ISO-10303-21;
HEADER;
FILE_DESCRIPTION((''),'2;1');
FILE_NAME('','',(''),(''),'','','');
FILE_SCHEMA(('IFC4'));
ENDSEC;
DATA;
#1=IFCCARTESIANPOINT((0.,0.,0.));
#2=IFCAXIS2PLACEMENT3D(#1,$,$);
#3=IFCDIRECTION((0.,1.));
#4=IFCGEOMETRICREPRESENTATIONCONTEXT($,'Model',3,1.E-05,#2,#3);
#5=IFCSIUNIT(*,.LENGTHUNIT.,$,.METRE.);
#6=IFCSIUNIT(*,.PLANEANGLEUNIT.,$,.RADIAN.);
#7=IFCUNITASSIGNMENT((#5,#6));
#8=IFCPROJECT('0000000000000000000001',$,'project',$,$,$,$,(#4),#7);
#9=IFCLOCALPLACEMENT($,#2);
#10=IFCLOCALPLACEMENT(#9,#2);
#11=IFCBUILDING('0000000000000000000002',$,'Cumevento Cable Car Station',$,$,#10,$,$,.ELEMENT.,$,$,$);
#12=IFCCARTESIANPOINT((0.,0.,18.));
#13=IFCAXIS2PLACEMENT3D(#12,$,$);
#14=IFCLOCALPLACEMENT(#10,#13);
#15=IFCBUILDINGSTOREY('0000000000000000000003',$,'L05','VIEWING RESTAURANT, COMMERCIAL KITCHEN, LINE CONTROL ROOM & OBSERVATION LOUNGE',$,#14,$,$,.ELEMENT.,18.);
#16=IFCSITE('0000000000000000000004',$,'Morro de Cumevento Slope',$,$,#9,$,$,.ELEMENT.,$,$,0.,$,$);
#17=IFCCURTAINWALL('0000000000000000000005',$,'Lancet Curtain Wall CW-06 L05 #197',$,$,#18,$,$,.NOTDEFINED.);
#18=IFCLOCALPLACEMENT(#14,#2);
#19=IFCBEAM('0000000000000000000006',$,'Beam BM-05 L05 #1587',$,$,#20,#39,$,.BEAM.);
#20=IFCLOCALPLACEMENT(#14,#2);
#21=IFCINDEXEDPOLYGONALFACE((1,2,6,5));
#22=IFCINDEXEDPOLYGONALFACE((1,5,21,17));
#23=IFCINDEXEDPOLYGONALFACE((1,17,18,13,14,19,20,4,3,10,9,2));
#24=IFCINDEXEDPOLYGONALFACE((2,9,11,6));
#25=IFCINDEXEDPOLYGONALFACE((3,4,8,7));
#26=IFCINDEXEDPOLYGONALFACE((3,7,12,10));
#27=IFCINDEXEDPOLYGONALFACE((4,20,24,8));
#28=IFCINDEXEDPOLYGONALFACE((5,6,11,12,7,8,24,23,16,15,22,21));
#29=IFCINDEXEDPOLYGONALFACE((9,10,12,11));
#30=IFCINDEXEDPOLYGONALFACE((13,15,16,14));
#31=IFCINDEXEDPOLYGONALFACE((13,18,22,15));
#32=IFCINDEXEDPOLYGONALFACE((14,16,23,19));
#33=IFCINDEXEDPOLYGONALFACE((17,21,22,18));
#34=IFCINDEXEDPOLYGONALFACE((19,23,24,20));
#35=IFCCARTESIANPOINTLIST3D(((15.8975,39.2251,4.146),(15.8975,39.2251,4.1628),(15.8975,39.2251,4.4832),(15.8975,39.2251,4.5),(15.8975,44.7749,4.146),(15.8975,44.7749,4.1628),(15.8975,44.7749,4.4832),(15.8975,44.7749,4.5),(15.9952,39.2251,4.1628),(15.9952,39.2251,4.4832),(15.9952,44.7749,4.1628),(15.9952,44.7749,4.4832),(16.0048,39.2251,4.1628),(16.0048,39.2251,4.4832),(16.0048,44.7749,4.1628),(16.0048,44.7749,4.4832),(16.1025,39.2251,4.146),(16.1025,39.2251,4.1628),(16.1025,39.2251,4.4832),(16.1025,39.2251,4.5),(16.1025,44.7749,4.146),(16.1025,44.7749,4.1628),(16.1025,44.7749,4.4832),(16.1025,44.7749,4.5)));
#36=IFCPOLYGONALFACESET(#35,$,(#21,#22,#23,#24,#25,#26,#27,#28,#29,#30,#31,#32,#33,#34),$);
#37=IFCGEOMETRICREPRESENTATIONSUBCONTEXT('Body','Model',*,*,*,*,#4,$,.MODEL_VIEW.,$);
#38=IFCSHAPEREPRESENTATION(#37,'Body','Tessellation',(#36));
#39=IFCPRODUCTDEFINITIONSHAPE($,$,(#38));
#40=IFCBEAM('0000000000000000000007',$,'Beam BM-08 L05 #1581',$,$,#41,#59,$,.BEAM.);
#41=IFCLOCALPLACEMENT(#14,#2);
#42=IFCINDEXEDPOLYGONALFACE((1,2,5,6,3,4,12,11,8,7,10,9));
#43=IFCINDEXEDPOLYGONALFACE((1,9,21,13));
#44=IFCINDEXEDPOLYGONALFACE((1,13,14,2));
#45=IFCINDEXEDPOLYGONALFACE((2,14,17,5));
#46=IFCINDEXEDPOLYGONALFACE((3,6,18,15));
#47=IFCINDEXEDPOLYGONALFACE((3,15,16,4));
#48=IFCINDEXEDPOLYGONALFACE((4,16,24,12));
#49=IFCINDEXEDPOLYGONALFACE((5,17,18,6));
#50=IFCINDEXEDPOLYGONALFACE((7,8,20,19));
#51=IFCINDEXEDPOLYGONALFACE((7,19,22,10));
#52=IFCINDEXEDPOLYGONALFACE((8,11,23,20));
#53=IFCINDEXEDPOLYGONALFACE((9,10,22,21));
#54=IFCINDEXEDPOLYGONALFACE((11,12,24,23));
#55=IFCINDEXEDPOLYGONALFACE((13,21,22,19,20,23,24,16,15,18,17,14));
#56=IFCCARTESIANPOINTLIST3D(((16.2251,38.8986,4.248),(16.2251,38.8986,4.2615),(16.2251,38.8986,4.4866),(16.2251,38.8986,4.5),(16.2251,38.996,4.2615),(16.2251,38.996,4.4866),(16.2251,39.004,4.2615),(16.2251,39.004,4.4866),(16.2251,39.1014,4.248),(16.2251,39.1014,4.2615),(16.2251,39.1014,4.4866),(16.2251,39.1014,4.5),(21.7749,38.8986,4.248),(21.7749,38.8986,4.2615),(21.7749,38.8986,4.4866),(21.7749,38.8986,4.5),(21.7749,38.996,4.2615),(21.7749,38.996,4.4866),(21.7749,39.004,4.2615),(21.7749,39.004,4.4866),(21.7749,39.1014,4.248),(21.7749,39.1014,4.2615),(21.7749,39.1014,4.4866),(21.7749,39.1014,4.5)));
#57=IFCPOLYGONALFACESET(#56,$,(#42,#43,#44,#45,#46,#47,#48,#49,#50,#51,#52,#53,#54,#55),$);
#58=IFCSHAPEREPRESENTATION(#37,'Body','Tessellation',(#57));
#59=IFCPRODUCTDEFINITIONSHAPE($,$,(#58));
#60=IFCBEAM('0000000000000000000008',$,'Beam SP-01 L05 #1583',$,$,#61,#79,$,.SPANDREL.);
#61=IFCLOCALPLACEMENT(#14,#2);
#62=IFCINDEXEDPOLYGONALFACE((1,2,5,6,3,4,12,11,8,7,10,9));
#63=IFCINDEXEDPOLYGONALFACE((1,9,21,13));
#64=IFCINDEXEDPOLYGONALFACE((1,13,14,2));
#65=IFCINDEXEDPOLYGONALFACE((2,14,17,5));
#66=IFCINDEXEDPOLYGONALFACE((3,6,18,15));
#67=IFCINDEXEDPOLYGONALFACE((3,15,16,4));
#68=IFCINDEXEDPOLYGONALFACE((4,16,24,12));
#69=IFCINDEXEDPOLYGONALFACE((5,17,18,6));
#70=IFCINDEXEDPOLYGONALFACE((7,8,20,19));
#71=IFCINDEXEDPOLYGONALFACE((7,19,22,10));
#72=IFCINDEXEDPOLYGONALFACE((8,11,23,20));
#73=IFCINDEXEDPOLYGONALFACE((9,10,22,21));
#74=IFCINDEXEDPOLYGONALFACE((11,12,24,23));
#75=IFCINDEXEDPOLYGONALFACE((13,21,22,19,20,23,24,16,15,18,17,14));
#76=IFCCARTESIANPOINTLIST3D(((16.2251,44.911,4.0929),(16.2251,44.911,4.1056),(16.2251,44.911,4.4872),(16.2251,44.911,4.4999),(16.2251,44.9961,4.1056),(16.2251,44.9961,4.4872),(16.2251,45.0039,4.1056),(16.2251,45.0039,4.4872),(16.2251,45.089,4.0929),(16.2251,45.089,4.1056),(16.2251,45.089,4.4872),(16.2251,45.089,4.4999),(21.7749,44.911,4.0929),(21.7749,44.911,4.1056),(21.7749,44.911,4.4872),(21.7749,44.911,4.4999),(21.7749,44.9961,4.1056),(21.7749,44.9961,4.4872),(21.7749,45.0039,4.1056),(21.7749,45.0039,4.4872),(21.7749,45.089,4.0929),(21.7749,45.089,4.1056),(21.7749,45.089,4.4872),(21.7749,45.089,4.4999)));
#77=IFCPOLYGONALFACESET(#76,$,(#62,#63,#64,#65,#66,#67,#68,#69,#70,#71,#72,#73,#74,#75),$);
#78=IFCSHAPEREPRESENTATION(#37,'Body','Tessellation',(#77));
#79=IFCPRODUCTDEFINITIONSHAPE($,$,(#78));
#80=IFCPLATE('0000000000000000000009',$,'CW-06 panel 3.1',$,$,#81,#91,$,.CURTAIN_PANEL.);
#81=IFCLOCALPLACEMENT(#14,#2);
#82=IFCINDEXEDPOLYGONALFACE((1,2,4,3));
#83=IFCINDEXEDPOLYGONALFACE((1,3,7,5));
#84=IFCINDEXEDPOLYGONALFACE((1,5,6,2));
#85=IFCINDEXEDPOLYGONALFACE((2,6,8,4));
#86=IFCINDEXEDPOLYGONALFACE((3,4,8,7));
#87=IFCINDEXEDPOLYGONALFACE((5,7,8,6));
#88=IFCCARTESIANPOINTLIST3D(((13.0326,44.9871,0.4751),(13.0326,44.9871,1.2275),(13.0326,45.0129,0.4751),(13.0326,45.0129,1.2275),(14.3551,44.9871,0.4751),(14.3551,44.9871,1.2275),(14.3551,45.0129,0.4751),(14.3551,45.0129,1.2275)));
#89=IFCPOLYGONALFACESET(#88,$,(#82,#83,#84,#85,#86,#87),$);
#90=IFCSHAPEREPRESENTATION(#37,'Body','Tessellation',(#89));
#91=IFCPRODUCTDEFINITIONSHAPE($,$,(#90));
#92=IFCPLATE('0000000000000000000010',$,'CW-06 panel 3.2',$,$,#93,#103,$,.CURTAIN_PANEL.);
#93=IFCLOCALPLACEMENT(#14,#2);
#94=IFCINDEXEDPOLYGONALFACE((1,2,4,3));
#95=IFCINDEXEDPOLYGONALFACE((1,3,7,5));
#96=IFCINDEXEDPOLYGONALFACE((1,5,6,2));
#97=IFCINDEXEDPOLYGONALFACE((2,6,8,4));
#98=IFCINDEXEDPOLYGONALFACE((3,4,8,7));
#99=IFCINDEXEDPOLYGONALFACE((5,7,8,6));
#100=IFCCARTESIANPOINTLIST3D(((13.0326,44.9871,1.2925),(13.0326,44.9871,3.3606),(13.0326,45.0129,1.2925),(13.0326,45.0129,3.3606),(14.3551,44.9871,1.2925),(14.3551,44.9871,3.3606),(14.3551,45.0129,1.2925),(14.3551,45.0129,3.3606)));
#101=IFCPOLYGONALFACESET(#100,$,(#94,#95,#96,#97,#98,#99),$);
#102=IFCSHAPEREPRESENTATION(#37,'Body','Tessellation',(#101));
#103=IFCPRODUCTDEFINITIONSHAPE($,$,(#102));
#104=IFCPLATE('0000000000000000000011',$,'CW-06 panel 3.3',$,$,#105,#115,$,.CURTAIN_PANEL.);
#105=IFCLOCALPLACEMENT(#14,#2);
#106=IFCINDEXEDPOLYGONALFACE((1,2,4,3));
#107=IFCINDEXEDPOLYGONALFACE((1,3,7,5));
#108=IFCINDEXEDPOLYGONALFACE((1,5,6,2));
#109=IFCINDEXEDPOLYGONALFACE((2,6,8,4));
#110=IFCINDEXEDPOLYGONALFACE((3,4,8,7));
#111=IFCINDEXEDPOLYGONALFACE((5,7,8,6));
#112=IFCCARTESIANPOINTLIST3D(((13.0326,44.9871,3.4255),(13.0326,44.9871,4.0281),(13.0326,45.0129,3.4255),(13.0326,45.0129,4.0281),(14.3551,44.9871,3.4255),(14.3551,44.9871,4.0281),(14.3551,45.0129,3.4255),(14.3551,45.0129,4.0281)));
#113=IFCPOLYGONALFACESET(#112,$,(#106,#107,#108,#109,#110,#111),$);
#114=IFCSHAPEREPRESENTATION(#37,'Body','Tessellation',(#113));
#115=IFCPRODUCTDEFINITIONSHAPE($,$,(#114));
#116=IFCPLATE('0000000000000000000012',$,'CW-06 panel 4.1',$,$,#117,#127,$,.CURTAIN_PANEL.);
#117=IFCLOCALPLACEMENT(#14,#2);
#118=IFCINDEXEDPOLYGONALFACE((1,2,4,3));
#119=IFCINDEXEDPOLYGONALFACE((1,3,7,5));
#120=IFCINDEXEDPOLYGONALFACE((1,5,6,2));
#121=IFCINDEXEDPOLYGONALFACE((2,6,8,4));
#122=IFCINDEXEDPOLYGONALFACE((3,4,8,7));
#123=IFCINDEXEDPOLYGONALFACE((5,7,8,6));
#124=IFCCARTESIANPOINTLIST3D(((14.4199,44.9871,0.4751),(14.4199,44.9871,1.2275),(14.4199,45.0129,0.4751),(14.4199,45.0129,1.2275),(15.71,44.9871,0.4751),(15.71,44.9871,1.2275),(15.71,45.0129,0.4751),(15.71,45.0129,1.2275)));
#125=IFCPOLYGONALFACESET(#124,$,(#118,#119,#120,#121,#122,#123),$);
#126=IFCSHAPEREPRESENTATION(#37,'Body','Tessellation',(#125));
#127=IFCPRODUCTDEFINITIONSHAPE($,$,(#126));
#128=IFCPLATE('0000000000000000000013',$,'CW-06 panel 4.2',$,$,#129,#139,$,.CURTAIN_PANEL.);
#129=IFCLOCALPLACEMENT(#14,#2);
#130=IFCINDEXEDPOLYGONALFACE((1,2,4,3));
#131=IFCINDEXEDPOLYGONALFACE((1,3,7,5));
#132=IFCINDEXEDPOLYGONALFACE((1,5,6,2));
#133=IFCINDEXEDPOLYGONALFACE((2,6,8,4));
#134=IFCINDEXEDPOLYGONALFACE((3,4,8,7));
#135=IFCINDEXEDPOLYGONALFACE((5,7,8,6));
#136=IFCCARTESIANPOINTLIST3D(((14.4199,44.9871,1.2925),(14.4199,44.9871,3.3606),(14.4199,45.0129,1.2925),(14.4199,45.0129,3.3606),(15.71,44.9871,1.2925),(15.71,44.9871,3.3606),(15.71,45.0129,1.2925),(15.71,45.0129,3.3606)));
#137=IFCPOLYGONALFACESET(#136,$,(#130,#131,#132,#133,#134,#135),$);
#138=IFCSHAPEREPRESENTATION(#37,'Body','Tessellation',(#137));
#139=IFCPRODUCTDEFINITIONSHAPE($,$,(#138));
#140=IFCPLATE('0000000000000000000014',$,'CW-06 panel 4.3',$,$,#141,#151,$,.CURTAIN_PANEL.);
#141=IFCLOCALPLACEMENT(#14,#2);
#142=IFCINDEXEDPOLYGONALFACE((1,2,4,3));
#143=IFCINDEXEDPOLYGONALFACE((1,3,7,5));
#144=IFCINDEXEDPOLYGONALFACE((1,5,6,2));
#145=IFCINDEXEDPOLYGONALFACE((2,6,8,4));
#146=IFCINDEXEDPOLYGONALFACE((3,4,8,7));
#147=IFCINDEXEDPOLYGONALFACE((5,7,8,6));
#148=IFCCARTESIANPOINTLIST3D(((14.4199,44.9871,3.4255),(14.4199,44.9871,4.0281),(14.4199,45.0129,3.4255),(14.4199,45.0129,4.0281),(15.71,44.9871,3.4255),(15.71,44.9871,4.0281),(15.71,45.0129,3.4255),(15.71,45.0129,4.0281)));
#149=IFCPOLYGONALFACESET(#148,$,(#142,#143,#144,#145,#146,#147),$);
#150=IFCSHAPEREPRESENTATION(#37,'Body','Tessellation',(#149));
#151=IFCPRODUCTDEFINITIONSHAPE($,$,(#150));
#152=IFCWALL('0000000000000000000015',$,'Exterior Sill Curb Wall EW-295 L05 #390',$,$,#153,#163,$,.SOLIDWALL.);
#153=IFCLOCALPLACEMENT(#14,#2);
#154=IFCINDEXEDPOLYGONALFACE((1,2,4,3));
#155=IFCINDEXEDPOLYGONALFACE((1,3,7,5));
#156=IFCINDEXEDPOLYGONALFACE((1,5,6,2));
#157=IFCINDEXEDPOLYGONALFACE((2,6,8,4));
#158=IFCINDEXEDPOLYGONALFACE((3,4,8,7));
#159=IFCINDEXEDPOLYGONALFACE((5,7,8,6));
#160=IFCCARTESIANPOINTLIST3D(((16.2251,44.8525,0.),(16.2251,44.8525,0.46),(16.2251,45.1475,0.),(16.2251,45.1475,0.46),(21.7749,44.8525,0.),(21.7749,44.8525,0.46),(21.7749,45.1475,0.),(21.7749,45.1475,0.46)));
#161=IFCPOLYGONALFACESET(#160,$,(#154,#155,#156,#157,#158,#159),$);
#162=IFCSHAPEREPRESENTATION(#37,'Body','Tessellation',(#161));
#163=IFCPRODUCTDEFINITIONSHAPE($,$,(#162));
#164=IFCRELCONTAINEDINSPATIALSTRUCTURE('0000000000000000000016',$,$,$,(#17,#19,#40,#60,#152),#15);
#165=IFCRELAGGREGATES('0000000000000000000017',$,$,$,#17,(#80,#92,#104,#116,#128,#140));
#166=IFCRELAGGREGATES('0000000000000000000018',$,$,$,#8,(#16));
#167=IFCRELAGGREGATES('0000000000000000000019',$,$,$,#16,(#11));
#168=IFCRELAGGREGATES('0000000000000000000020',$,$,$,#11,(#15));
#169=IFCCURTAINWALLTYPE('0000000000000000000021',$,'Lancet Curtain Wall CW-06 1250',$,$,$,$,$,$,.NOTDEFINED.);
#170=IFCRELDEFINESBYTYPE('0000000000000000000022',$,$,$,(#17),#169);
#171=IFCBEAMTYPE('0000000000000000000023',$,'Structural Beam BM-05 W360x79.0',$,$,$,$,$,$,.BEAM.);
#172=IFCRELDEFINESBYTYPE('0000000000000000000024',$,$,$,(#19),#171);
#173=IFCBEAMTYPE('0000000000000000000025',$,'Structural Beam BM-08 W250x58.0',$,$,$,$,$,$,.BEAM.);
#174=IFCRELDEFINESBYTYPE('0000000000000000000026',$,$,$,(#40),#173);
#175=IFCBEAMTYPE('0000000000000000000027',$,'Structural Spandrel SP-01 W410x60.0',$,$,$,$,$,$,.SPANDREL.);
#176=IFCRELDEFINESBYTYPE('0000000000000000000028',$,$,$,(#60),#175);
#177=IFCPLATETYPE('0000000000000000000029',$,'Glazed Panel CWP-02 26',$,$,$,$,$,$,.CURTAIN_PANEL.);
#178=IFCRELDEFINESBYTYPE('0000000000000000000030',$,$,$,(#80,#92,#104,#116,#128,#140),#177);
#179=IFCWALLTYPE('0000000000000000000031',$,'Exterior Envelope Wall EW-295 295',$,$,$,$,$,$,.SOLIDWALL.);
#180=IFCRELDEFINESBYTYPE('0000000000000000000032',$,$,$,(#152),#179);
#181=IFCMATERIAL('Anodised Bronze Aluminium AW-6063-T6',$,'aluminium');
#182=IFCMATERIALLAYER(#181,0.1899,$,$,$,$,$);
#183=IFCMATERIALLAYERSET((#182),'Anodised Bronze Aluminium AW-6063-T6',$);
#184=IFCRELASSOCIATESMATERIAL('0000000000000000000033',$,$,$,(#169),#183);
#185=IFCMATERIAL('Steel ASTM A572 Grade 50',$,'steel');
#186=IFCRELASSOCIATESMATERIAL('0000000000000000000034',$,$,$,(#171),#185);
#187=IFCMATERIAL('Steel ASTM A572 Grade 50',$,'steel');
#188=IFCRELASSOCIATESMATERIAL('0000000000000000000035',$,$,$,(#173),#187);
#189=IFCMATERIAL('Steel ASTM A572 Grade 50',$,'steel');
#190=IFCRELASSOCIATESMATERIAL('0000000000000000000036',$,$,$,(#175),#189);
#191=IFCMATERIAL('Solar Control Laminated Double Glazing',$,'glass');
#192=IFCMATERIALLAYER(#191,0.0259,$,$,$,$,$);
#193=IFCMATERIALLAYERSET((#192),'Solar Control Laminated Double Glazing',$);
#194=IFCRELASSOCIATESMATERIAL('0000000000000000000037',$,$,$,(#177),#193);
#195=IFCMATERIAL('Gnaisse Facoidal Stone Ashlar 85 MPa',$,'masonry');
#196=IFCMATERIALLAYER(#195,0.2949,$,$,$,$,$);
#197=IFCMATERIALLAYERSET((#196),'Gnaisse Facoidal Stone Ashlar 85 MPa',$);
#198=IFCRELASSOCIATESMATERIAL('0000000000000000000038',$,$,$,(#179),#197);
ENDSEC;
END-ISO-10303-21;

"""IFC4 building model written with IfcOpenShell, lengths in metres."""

from ifc_helpers import new_model, si_unit, direction, frame, frame_2d, origin, origin_2d, place, context, subcontext, project, spatial, rectangle, i_section, extrude, material, layer, layer_set, material_profile, profile_set, type_object, element, aggregate, save


model = new_model("IFC4")

# Units and contexts
model_context = context("Model", 3, precision=1e-05, world=origin(), true_north=direction((0.0, 1.0)))
body_context = subcontext(model_context, "Body", "Model", "MODEL_VIEW")
ifc_project = project(units=[si_unit("LENGTHUNIT", "METRE"), si_unit("PLANEANGLEUNIT", "RADIAN")], contexts=[model_context])

# Site, building, storey
site_placement = place(None, origin())
site = spatial("IfcSite", under=ifc_project, at=site_placement, Name="Morro de Cumevento Slope", CompositionType="ELEMENT", RefElevation=0.0)
building_placement = place(site_placement, origin())
building = spatial("IfcBuilding", under=site, at=building_placement, Name="Cumevento Cable Car Station", CompositionType="ELEMENT")
storey_placement = place(building_placement, frame((0.0, 0.0, 18.0)))
storey = spatial("IfcBuildingStorey", under=building, at=storey_placement, Name="L05", Description="VIEWING RESTAURANT, COMMERCIAL KITCHEN, LINE CONTROL ROOM & OBSERVATION LOUNGE", CompositionType="ELEMENT", Elevation=18.0)

# Curtain wall
ifc_material_1 = material(Name="Anodised Bronze Aluminium AW-6063-T6", Category="aluminium")
ifc_layer_1 = layer(ifc_material_1, 0.1899)
ifc_layer_set_1 = layer_set([ifc_layer_1], Name="Anodised Bronze Aluminium AW-6063-T6")
curtain_wall_type_1 = type_object("IfcCurtainWallType", Name="Lancet Curtain Wall CW-06 1250", PredefinedType="NOTDEFINED", material=ifc_layer_set_1)
curtain_wall_1_placement = place(storey_placement, origin())
curtain_wall_1 = element("IfcCurtainWall", 1, at=curtain_wall_1_placement, inside=storey, type_object=curtain_wall_type_1, Name="Lancet Curtain Wall CW-06 L05 #197", PredefinedType="NOTDEFINED")

# Beams
ifc_material_2 = material(Name="Steel ASTM A572 Grade 50", Category="steel")
ifc_material_profile_1 = material_profile(ifc_material_2, i_section(OverallWidth=0.2051, OverallDepth=0.354, WebThickness=0.0095, FlangeThickness=0.0168, at=origin_2d()), Name="W360x79.0")
ifc_profile_set_1 = profile_set([ifc_material_profile_1], Name="Steel ASTM A572 Grade 50")
beam_type_1 = type_object("IfcBeamType", Name="Structural Beam BM-05 W360x79.0", PredefinedType="BEAM", material=ifc_profile_set_1)
beam_1_placement = place(storey_placement, frame((16.0, 39.2251, 4.323), z_axis=(0.0, 1.0, 0.0), x_axis=(-1.0, 0.0, 0.0)))
element("IfcBeam", 2, at=beam_1_placement, inside=storey, type_object=beam_type_1, Name="Beam BM-05 L05 #1587", PredefinedType="BEAM", context=body_context, shape_type="SweptSolid", body=[
    extrude(i_section(OverallWidth=0.2051, OverallDepth=0.354, WebThickness=0.0095, FlangeThickness=0.0168, at=origin_2d()), origin(), (0.0, 0.0, 1.0), 5.5498),
])
ifc_material_3 = material(Name="Steel ASTM A572 Grade 50", Category="steel")
ifc_material_profile_2 = material_profile(ifc_material_3, i_section(OverallWidth=0.2029, OverallDepth=0.252, WebThickness=0.0081, FlangeThickness=0.0134, at=origin_2d()), Name="W250x58.0")
ifc_profile_set_2 = profile_set([ifc_material_profile_2], Name="Steel ASTM A572 Grade 50")
beam_type_2 = type_object("IfcBeamType", Name="Structural Beam BM-08 W250x58.0", PredefinedType="BEAM", material=ifc_profile_set_2)
beam_2_placement = place(storey_placement, frame((16.2251, 39.0, 4.374), z_axis=(1.0, 0.0, 0.0), x_axis=(0.0, 1.0, 0.0)))
element("IfcBeam", 3, at=beam_2_placement, inside=storey, type_object=beam_type_2, Name="Beam BM-08 L05 #1581", PredefinedType="BEAM", context=body_context, shape_type="SweptSolid", body=[
    extrude(i_section(OverallWidth=0.2029, OverallDepth=0.252, WebThickness=0.0081, FlangeThickness=0.0134, at=origin_2d()), origin(), (0.0, 0.0, 1.0), 5.5498),
])
ifc_material_4 = material(Name="Steel ASTM A572 Grade 50", Category="steel")
ifc_material_profile_3 = material_profile(ifc_material_4, i_section(OverallWidth=0.178, OverallDepth=0.407, WebThickness=0.0078, FlangeThickness=0.0127, at=origin_2d()), Name="W410x60.0")
ifc_profile_set_3 = profile_set([ifc_material_profile_3], Name="Steel ASTM A572 Grade 50")
beam_type_3 = type_object("IfcBeamType", Name="Structural Spandrel SP-01 W410x60.0", PredefinedType="SPANDREL", material=ifc_profile_set_3)
beam_3_placement = place(storey_placement, frame((16.2251, 45.0, 4.2964), z_axis=(1.0, 0.0, 0.0), x_axis=(0.0, 1.0, 0.0)))
element("IfcBeam", 4, at=beam_3_placement, inside=storey, type_object=beam_type_3, Name="Beam SP-01 L05 #1583", PredefinedType="SPANDREL", context=body_context, shape_type="SweptSolid", body=[
    extrude(i_section(OverallWidth=0.178, OverallDepth=0.407, WebThickness=0.0078, FlangeThickness=0.0127, at=origin_2d()), origin(), (0.0, 0.0, 1.0), 5.5498),
])

# Plates
ifc_material_5 = material(Name="Solar Control Laminated Double Glazing", Category="glass")
ifc_layer_2 = layer(ifc_material_5, 0.0259)
ifc_layer_set_2 = layer_set([ifc_layer_2], Name="Solar Control Laminated Double Glazing")
plate_type = type_object("IfcPlateType", Name="Glazed Panel CWP-02 26", PredefinedType="CURTAIN_PANEL", material=ifc_layer_set_2)
plate_1_placement = place(storey_placement, frame((13.6938, 45.0, 0.4751), z_axis=(0.0, 0.0, 1.0), x_axis=(1.0, 0.0, 0.0)))
plate_1 = element("IfcPlate", 5, at=plate_1_placement, type_object=plate_type, Name="CW-06 panel 3.1", PredefinedType="CURTAIN_PANEL", context=body_context, shape_type="SweptSolid", body=[
    extrude(rectangle(XDim=1.3225, YDim=0.0259, at=origin_2d()), origin(), (0.0, 0.0, 1.0), 0.7524),
])
plate_2_placement = place(storey_placement, frame((13.6938, 45.0, 1.2925), z_axis=(0.0, 0.0, 1.0), x_axis=(1.0, 0.0, 0.0)))
plate_2 = element("IfcPlate", 6, at=plate_2_placement, type_object=plate_type, Name="CW-06 panel 3.2", PredefinedType="CURTAIN_PANEL", context=body_context, shape_type="SweptSolid", body=[
    extrude(rectangle(XDim=1.3225, YDim=0.0259, at=origin_2d()), origin(), (0.0, 0.0, 1.0), 2.0681),
])
plate_3_placement = place(storey_placement, frame((13.6938, 45.0, 3.4255), z_axis=(0.0, 0.0, 1.0), x_axis=(1.0, 0.0, 0.0)))
plate_3 = element("IfcPlate", 7, at=plate_3_placement, type_object=plate_type, Name="CW-06 panel 3.3", PredefinedType="CURTAIN_PANEL", context=body_context, shape_type="SweptSolid", body=[
    extrude(rectangle(XDim=1.3225, YDim=0.0259, at=origin_2d()), origin(), (0.0, 0.0, 1.0), 0.6025),
])
plate_4_placement = place(storey_placement, frame((15.0649, 45.0, 0.4751), z_axis=(0.0, 0.0, 1.0), x_axis=(1.0, 0.0, 0.0)))
plate_4 = element("IfcPlate", 8, at=plate_4_placement, type_object=plate_type, Name="CW-06 panel 4.1", PredefinedType="CURTAIN_PANEL", context=body_context, shape_type="SweptSolid", body=[
    extrude(rectangle(XDim=1.29, YDim=0.0259, at=origin_2d()), origin(), (0.0, 0.0, 1.0), 0.7524),
])
plate_5_placement = place(storey_placement, frame((15.0649, 45.0, 1.2925), z_axis=(0.0, 0.0, 1.0), x_axis=(1.0, 0.0, 0.0)))
plate_5 = element("IfcPlate", 9, at=plate_5_placement, type_object=plate_type, Name="CW-06 panel 4.2", PredefinedType="CURTAIN_PANEL", context=body_context, shape_type="SweptSolid", body=[
    extrude(rectangle(XDim=1.29, YDim=0.0259, at=origin_2d()), origin(), (0.0, 0.0, 1.0), 2.0681),
])
plate_6_placement = place(storey_placement, frame((15.0649, 45.0, 3.4255), z_axis=(0.0, 0.0, 1.0), x_axis=(1.0, 0.0, 0.0)))
plate_6 = element("IfcPlate", 10, at=plate_6_placement, type_object=plate_type, Name="CW-06 panel 4.3", PredefinedType="CURTAIN_PANEL", context=body_context, shape_type="SweptSolid", body=[
    extrude(rectangle(XDim=1.29, YDim=0.0259, at=origin_2d()), origin(), (0.0, 0.0, 1.0), 0.6025),
])
aggregate(curtain_wall_1, [plate_1, plate_2, plate_3, plate_4, plate_5, plate_6])

# Wall
ifc_material_6 = material(Name="Gnaisse Facoidal Stone Ashlar 85 MPa", Category="masonry")
ifc_layer_3 = layer(ifc_material_6, 0.2949)
ifc_layer_set_3 = layer_set([ifc_layer_3], Name="Gnaisse Facoidal Stone Ashlar 85 MPa")
wall_type = type_object("IfcWallType", Name="Exterior Envelope Wall EW-295 295", PredefinedType="SOLIDWALL", material=ifc_layer_set_3)
wall_placement = place(storey_placement, frame((16.2251, 45.0, 0.0), z_axis=(0.0, 0.0, 1.0), x_axis=(1.0, 0.0, 0.0)))
element("IfcWall", 11, at=wall_placement, inside=storey, type_object=wall_type, Name="Exterior Sill Curb Wall EW-295 L05 #390", PredefinedType="SOLIDWALL", context=body_context, shape_type="SweptSolid", body=[
    extrude(rectangle(XDim=5.5498, YDim=0.2949, at=frame_2d((2.7749, 0.0))), origin(), (0.0, 0.0, 1.0), 0.46),
])

save(model, "model.ifc")
